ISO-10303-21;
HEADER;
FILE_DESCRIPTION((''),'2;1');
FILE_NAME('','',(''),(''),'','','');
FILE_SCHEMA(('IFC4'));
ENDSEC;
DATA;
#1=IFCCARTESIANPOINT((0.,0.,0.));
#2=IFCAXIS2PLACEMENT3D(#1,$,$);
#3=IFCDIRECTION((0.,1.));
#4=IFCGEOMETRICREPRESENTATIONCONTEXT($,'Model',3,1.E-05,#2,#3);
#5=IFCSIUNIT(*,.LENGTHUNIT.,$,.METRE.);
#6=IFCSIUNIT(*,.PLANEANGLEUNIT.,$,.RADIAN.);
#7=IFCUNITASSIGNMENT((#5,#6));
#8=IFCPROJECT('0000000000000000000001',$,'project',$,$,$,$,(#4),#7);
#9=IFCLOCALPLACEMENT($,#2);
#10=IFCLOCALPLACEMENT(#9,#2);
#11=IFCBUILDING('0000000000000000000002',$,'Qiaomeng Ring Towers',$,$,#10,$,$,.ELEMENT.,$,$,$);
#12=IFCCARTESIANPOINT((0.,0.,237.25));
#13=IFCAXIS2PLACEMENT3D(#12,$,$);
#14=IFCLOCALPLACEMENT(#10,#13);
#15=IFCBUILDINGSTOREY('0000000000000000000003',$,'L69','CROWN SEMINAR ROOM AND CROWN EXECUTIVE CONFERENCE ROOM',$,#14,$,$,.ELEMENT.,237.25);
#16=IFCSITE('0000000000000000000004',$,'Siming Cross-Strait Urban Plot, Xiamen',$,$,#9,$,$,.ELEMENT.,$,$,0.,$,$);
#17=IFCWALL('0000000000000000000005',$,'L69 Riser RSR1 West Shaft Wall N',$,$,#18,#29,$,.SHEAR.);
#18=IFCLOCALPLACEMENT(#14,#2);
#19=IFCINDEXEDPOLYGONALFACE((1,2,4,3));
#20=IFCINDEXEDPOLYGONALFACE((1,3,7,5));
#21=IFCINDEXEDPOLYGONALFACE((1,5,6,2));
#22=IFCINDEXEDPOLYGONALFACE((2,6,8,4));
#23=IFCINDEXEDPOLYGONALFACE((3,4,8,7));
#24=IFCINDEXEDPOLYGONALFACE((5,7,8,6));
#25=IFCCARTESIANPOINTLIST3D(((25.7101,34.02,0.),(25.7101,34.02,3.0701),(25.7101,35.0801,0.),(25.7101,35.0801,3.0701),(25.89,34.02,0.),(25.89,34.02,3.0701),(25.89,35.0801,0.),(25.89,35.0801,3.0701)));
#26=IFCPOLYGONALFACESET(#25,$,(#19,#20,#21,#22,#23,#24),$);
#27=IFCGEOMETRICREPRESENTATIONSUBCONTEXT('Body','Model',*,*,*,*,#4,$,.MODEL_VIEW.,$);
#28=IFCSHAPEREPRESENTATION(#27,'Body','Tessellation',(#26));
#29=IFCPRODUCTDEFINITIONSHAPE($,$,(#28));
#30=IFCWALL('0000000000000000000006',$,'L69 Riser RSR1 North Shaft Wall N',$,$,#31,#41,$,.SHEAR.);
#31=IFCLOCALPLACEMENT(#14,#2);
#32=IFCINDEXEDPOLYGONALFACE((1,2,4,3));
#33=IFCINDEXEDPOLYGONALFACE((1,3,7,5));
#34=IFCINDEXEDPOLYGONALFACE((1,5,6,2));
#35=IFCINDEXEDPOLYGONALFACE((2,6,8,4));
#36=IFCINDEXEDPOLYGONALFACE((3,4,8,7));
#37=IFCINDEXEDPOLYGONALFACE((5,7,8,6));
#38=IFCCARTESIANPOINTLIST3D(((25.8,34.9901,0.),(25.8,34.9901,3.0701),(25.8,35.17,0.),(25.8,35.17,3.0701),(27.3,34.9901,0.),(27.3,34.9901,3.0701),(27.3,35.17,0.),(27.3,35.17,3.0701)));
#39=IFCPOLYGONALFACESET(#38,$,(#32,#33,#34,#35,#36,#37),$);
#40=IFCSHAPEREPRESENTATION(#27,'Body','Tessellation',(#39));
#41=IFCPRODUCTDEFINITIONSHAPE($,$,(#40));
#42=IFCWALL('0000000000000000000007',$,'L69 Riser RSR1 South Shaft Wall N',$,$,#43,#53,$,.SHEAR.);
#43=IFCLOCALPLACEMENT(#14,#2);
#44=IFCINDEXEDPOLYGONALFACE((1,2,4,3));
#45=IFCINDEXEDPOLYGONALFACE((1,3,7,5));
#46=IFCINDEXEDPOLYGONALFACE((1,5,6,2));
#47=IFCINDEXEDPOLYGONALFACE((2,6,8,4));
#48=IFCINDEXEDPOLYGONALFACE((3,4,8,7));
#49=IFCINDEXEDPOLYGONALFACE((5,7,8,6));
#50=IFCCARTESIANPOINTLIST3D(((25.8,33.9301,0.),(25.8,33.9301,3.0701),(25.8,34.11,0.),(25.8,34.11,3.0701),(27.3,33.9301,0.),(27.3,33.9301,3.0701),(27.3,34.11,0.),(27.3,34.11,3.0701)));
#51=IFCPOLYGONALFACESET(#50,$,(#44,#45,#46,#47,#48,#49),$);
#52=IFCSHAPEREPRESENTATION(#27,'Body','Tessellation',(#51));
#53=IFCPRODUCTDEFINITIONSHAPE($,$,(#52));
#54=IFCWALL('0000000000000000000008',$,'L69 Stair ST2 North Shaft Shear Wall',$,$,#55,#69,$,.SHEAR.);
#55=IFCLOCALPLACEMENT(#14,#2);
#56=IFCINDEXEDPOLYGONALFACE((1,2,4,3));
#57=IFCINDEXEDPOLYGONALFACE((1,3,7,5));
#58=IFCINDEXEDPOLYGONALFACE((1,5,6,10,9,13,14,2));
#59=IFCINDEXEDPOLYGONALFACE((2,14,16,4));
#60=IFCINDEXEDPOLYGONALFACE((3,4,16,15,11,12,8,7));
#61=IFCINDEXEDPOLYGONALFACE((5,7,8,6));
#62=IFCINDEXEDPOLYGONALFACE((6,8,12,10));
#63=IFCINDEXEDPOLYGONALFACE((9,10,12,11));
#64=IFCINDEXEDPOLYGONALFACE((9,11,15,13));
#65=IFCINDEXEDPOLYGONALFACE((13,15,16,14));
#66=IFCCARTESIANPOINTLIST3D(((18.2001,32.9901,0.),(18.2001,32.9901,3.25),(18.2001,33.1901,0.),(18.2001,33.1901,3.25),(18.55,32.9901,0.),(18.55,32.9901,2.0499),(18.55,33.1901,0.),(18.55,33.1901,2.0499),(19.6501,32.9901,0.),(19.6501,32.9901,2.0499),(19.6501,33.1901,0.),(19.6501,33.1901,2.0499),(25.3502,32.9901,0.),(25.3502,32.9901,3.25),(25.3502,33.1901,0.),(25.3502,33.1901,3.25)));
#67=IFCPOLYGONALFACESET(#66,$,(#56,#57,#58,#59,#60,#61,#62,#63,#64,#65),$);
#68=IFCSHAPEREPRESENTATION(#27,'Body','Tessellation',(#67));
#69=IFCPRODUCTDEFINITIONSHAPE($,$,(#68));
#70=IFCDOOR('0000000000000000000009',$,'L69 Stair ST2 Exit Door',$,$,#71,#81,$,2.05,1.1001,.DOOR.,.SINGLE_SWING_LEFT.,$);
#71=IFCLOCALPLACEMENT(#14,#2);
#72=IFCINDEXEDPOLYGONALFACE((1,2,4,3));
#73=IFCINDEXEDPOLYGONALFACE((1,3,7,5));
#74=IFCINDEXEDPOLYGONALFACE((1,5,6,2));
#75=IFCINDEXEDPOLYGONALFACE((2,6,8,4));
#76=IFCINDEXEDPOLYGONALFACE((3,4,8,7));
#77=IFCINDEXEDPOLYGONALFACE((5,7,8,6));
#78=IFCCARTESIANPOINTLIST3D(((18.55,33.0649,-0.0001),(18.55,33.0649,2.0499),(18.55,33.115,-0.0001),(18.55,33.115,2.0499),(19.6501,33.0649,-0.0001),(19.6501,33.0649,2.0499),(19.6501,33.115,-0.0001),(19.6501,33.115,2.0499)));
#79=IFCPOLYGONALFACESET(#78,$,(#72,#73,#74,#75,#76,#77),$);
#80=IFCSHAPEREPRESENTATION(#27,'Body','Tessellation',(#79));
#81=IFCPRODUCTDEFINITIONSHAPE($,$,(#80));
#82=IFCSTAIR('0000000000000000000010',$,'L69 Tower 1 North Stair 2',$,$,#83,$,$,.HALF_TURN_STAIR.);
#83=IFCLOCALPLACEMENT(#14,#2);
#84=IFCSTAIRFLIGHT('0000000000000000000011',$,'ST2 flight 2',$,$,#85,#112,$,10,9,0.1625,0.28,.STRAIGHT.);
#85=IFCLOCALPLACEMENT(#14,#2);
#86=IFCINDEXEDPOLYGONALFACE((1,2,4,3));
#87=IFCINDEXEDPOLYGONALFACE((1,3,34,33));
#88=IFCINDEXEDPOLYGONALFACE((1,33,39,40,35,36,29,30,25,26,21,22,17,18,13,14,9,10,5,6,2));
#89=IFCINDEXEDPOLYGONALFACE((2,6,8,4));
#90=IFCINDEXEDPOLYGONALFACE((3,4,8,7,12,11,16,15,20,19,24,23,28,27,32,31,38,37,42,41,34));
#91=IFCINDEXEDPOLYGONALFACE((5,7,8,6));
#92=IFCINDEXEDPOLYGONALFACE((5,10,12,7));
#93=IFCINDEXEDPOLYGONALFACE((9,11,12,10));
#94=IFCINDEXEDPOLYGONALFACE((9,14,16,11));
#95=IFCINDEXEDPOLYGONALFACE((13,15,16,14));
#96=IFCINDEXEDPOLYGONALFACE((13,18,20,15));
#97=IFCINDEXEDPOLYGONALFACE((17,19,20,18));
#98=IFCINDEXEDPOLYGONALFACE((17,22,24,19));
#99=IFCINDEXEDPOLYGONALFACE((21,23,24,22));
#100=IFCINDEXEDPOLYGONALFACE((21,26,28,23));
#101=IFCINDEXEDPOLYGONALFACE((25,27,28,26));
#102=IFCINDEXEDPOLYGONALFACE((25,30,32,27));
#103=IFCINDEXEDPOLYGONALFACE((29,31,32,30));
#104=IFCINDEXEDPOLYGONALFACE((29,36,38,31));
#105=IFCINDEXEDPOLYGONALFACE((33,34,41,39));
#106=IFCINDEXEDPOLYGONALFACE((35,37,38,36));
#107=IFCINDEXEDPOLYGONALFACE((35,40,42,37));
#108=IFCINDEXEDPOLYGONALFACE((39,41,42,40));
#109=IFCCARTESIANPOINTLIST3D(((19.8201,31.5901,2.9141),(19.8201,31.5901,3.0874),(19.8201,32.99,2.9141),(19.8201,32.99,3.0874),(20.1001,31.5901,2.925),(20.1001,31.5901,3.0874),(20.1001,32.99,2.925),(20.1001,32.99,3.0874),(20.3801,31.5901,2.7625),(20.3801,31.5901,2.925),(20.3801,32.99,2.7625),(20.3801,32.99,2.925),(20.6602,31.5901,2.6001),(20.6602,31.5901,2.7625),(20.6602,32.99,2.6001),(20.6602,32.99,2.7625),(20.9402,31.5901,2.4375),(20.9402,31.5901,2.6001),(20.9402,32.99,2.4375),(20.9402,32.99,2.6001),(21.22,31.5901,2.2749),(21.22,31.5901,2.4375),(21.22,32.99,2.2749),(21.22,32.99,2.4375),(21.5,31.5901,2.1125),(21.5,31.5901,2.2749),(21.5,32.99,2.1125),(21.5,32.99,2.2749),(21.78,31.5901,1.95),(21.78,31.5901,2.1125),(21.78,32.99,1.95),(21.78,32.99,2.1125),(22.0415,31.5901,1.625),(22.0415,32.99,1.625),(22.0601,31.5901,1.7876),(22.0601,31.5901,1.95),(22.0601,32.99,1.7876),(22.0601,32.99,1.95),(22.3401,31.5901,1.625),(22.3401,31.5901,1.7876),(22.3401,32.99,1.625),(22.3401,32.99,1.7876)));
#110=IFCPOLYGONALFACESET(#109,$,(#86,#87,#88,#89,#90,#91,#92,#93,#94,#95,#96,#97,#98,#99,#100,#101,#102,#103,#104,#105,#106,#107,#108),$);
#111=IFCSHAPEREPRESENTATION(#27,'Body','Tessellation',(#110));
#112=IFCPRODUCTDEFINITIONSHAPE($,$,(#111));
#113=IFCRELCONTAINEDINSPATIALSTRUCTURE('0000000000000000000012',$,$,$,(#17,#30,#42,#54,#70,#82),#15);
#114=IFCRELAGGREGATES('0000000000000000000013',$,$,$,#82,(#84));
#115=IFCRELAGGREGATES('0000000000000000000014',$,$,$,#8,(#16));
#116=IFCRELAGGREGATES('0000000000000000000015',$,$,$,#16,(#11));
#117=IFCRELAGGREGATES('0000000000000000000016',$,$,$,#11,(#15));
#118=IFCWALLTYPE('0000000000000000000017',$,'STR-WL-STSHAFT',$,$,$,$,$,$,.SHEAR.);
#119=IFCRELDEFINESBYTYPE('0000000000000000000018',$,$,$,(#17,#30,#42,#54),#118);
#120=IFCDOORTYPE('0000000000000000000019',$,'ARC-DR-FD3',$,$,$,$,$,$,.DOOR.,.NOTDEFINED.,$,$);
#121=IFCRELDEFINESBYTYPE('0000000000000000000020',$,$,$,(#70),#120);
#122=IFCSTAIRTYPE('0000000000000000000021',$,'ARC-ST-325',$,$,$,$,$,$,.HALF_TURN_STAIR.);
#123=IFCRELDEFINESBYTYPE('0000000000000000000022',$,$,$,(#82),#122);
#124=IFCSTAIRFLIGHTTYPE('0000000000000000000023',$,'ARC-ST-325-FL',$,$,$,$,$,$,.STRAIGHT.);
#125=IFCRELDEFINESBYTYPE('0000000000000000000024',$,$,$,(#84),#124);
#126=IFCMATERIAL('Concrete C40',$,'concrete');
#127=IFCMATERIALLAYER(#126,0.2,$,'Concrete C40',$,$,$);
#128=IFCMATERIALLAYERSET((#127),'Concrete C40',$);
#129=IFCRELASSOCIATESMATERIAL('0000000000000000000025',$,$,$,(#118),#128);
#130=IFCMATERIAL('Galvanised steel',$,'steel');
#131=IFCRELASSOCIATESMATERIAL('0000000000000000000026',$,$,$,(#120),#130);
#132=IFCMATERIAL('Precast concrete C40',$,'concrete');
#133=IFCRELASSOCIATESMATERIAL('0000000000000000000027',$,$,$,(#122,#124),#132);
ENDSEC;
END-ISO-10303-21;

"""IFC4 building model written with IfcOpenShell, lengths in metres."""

from ifc_helpers import new_model, si_unit, direction, frame, frame_2d, origin, place, context, subcontext, project, spatial, polyline, rectangle, outline, extrude, source, transform, mapped, material, layer, layer_set, type_object, element, fill, aggregate, save


model = new_model("IFC4")

# Units and contexts
model_context = context("Model", 3, precision=1e-05, world=origin(), true_north=direction((0.0, 1.0)))
body_context = subcontext(model_context, "Body", "Model", "MODEL_VIEW")
ifc_project = project(units=[si_unit("LENGTHUNIT", "METRE"), si_unit("PLANEANGLEUNIT", "RADIAN")], contexts=[model_context])

# Site, building, storey
site_placement = place(None, origin())
site = spatial("IfcSite", under=ifc_project, at=site_placement, Name="Siming Cross-Strait Urban Plot, Xiamen", CompositionType="ELEMENT", RefElevation=0.0)
building_placement = place(site_placement, origin())
building = spatial("IfcBuilding", under=site, at=building_placement, Name="Qiaomeng Ring Towers", CompositionType="ELEMENT")
storey_placement = place(building_placement, frame((0.0, 0.0, 237.25)))
storey = spatial("IfcBuildingStorey", under=building, at=storey_placement, Name="L69", Description="CROWN SEMINAR ROOM AND CROWN EXECUTIVE CONFERENCE ROOM", CompositionType="ELEMENT", Elevation=237.25)

# Shared definitions
ifc_material_1 = material(Name="Concrete C40", Category="concrete")

# Walls
ifc_layer_1 = layer(ifc_material_1, 0.2, Name="Concrete C40")
ifc_layer_set_1 = layer_set([ifc_layer_1], Name="Concrete C40")
wall_type_1 = type_object("IfcWallType", Name="STR-WL-STSHAFT", PredefinedType="SHEAR", material=ifc_layer_set_1)
wall_1_placement = place(storey_placement, frame((25.8, 34.02, 0.0), z_axis=(0.0, 0.0, 1.0), x_axis=(0.0, 1.0, 0.0)))
element("IfcWall", 1, at=wall_1_placement, inside=storey, type_object=wall_type_1, Name="L69 Riser RSR1 West Shaft Wall N", PredefinedType="SHEAR", context=body_context, shape_type="SweptSolid", body=[
    extrude(rectangle(XDim=1.0601, YDim=0.1799, at=frame_2d((0.53, 0.0))), origin(), (0.0, 0.0, 1.0), 3.0701),
])
for number, where, z_axis, x_axis, name in (
    (2, (25.8, 35.0801, 0.0), (0.0, 0.0, 1.0), (1.0, 0.0, 0.0), "L69 Riser RSR1 North Shaft Wall N"),
    (3, (25.8, 34.02, 0.0), (0.0, 0.0, 1.0), (1.0, 0.0, 0.0), "L69 Riser RSR1 South Shaft Wall N"),
):
    element("IfcWall", number, at=place(storey_placement, frame(where, z_axis=z_axis, x_axis=x_axis)), inside=storey, type_object=wall_type_1, Name=name, PredefinedType="SHEAR", context=body_context, shape_type="SweptSolid", body=[
        extrude(rectangle(XDim=1.5, YDim=0.1799, at=frame_2d((0.75, 0.0))), origin(), (0.0, 0.0, 1.0), 3.0701),
    ])

# Wall, opening, door
wall_2_placement = place(storey_placement, frame((18.2, 33.0901, 0.0), z_axis=(0.0, 0.0, 1.0), x_axis=(1.0, 0.0, 0.0)))
wall_2 = element("IfcWall", 4, at=wall_2_placement, inside=storey, type_object=wall_type_1, Name="L69 Stair ST2 North Shaft Shear Wall", PredefinedType="SHEAR", context=body_context, shape_type="SweptSolid", body=[
    extrude(rectangle(XDim=7.1501, YDim=0.2, at=frame_2d((3.5752, 0.0))), origin(), (0.0, 0.0, 1.0), 3.25),
])
opening_placement = place(wall_2_placement, frame((0.3501, 0.0, 0.0)))
opening = element("IfcOpeningElement", 5, at=opening_placement, cuts=wall_2, PredefinedType="OPENING", context=body_context, shape_type="SweptSolid", body=[
    extrude(rectangle(XDim=1.1001, YDim=2.05, at=frame_2d((0.55, 1.0249))), frame((0.0, 0.1099, 0.0), z_axis=(0.0, -1.0, 0.0), x_axis=(1.0, 0.0, 0.0)), (0.0, 0.0, 1.0), 0.22),
])
ifc_material_2 = material(Name="Galvanised steel", Category="steel")
door_type = type_object("IfcDoorType", Name="ARC-DR-FD3", OperationType="NOTDEFINED", PredefinedType="DOOR", material=ifc_material_2)
shared_shape_1 = source(origin(), body_context, "Body", "SweptSolid", [
    extrude(rectangle(XDim=1.1001, YDim=2.05, at=frame_2d((0.55, 1.0249))), frame((0.0, 0.0249, 0.0), z_axis=(0.0, -1.0, 0.0), x_axis=(1.0, 0.0, 0.0)), (0.0, 0.0, 1.0), 0.05),
])
door_placement = place(opening_placement, origin())
door = element("IfcDoor", 6, at=door_placement, inside=storey, type_object=door_type, Name="L69 Stair ST2 Exit Door", OperationType="SINGLE_SWING_LEFT", OverallHeight=2.05, OverallWidth=1.1001, PredefinedType="DOOR", context=body_context, shape_type="MappedRepresentation", body=[
    mapped(shared_shape_1, transform((0.0, 0.0, 0.0), x_axis=(1.0, 0.0, 0.0), y_axis=(0.0, 1.0, 0.0), z_axis=(0.0, 0.0, 1.0), scale=1.0)),
])
fill(opening, door)

# Stair, stair flight
ifc_material_3 = material(Name="Precast concrete C40", Category="concrete")
stair_type = type_object("IfcStairType", Name="ARC-ST-325", PredefinedType="HALF_TURN_STAIR", material=ifc_material_3)
stair_placement = place(storey_placement, origin())
stair = element("IfcStair", 7, at=stair_placement, inside=storey, type_object=stair_type, Name="L69 Tower 1 North Stair 2", PredefinedType="HALF_TURN_STAIR")
stair_flight_type = type_object("IfcStairFlightType", Name="ARC-ST-325-FL", PredefinedType="STRAIGHT", material=ifc_material_3)
shared_shape_2 = source(origin(), body_context, "Body", "SweptSolid", [
    extrude(outline(polyline([(0.0, 0.0), (0.0, 0.1626), (0.28, 0.1626), (0.28, 0.325), (0.5601, 0.325), (0.5601, 0.4875), (0.8401, 0.4875), (0.8401, 0.6499), (1.1201, 0.6499), (1.1201, 0.8125), (1.3999, 0.8125), (1.3999, 0.9751), (1.6799, 0.9751), (1.6799, 1.1375), (1.96, 1.1375), (1.96, 1.3), (2.24, 1.3), (2.24, 1.4624), (2.52, 1.4624), (2.52, 1.625), (2.52, 1.2891), (0.2986, 0.0), (0.0, 0.0)])), frame((0.0, 0.7, 0.0), z_axis=(0.0, -1.0, 0.0), x_axis=(1.0, 0.0, 0.0)), (0.0, 0.0, 1.0), 1.3999),
])
stair_flight_placement = place(storey_placement, frame((22.3401, 32.29, 1.625), z_axis=(0.0, 0.0, 1.0), x_axis=(-1.0, 0.0, 0.0)))
stair_flight = element("IfcStairFlight", 8, at=stair_flight_placement, type_object=stair_flight_type, Name="ST2 flight 2", NumberOfRisers=10, NumberOfTreads=9, PredefinedType="STRAIGHT", RiserHeight=0.1625, TreadLength=0.28, context=body_context, shape_type="MappedRepresentation", body=[
    mapped(shared_shape_2, transform((0.0, 0.0, 0.0), x_axis=(1.0, 0.0, 0.0), y_axis=(0.0, 1.0, 0.0), z_axis=(0.0, 0.0, 1.0), scale=1.0)),
])
aggregate(stair, [stair_flight])

save(model, "model.ifc")
